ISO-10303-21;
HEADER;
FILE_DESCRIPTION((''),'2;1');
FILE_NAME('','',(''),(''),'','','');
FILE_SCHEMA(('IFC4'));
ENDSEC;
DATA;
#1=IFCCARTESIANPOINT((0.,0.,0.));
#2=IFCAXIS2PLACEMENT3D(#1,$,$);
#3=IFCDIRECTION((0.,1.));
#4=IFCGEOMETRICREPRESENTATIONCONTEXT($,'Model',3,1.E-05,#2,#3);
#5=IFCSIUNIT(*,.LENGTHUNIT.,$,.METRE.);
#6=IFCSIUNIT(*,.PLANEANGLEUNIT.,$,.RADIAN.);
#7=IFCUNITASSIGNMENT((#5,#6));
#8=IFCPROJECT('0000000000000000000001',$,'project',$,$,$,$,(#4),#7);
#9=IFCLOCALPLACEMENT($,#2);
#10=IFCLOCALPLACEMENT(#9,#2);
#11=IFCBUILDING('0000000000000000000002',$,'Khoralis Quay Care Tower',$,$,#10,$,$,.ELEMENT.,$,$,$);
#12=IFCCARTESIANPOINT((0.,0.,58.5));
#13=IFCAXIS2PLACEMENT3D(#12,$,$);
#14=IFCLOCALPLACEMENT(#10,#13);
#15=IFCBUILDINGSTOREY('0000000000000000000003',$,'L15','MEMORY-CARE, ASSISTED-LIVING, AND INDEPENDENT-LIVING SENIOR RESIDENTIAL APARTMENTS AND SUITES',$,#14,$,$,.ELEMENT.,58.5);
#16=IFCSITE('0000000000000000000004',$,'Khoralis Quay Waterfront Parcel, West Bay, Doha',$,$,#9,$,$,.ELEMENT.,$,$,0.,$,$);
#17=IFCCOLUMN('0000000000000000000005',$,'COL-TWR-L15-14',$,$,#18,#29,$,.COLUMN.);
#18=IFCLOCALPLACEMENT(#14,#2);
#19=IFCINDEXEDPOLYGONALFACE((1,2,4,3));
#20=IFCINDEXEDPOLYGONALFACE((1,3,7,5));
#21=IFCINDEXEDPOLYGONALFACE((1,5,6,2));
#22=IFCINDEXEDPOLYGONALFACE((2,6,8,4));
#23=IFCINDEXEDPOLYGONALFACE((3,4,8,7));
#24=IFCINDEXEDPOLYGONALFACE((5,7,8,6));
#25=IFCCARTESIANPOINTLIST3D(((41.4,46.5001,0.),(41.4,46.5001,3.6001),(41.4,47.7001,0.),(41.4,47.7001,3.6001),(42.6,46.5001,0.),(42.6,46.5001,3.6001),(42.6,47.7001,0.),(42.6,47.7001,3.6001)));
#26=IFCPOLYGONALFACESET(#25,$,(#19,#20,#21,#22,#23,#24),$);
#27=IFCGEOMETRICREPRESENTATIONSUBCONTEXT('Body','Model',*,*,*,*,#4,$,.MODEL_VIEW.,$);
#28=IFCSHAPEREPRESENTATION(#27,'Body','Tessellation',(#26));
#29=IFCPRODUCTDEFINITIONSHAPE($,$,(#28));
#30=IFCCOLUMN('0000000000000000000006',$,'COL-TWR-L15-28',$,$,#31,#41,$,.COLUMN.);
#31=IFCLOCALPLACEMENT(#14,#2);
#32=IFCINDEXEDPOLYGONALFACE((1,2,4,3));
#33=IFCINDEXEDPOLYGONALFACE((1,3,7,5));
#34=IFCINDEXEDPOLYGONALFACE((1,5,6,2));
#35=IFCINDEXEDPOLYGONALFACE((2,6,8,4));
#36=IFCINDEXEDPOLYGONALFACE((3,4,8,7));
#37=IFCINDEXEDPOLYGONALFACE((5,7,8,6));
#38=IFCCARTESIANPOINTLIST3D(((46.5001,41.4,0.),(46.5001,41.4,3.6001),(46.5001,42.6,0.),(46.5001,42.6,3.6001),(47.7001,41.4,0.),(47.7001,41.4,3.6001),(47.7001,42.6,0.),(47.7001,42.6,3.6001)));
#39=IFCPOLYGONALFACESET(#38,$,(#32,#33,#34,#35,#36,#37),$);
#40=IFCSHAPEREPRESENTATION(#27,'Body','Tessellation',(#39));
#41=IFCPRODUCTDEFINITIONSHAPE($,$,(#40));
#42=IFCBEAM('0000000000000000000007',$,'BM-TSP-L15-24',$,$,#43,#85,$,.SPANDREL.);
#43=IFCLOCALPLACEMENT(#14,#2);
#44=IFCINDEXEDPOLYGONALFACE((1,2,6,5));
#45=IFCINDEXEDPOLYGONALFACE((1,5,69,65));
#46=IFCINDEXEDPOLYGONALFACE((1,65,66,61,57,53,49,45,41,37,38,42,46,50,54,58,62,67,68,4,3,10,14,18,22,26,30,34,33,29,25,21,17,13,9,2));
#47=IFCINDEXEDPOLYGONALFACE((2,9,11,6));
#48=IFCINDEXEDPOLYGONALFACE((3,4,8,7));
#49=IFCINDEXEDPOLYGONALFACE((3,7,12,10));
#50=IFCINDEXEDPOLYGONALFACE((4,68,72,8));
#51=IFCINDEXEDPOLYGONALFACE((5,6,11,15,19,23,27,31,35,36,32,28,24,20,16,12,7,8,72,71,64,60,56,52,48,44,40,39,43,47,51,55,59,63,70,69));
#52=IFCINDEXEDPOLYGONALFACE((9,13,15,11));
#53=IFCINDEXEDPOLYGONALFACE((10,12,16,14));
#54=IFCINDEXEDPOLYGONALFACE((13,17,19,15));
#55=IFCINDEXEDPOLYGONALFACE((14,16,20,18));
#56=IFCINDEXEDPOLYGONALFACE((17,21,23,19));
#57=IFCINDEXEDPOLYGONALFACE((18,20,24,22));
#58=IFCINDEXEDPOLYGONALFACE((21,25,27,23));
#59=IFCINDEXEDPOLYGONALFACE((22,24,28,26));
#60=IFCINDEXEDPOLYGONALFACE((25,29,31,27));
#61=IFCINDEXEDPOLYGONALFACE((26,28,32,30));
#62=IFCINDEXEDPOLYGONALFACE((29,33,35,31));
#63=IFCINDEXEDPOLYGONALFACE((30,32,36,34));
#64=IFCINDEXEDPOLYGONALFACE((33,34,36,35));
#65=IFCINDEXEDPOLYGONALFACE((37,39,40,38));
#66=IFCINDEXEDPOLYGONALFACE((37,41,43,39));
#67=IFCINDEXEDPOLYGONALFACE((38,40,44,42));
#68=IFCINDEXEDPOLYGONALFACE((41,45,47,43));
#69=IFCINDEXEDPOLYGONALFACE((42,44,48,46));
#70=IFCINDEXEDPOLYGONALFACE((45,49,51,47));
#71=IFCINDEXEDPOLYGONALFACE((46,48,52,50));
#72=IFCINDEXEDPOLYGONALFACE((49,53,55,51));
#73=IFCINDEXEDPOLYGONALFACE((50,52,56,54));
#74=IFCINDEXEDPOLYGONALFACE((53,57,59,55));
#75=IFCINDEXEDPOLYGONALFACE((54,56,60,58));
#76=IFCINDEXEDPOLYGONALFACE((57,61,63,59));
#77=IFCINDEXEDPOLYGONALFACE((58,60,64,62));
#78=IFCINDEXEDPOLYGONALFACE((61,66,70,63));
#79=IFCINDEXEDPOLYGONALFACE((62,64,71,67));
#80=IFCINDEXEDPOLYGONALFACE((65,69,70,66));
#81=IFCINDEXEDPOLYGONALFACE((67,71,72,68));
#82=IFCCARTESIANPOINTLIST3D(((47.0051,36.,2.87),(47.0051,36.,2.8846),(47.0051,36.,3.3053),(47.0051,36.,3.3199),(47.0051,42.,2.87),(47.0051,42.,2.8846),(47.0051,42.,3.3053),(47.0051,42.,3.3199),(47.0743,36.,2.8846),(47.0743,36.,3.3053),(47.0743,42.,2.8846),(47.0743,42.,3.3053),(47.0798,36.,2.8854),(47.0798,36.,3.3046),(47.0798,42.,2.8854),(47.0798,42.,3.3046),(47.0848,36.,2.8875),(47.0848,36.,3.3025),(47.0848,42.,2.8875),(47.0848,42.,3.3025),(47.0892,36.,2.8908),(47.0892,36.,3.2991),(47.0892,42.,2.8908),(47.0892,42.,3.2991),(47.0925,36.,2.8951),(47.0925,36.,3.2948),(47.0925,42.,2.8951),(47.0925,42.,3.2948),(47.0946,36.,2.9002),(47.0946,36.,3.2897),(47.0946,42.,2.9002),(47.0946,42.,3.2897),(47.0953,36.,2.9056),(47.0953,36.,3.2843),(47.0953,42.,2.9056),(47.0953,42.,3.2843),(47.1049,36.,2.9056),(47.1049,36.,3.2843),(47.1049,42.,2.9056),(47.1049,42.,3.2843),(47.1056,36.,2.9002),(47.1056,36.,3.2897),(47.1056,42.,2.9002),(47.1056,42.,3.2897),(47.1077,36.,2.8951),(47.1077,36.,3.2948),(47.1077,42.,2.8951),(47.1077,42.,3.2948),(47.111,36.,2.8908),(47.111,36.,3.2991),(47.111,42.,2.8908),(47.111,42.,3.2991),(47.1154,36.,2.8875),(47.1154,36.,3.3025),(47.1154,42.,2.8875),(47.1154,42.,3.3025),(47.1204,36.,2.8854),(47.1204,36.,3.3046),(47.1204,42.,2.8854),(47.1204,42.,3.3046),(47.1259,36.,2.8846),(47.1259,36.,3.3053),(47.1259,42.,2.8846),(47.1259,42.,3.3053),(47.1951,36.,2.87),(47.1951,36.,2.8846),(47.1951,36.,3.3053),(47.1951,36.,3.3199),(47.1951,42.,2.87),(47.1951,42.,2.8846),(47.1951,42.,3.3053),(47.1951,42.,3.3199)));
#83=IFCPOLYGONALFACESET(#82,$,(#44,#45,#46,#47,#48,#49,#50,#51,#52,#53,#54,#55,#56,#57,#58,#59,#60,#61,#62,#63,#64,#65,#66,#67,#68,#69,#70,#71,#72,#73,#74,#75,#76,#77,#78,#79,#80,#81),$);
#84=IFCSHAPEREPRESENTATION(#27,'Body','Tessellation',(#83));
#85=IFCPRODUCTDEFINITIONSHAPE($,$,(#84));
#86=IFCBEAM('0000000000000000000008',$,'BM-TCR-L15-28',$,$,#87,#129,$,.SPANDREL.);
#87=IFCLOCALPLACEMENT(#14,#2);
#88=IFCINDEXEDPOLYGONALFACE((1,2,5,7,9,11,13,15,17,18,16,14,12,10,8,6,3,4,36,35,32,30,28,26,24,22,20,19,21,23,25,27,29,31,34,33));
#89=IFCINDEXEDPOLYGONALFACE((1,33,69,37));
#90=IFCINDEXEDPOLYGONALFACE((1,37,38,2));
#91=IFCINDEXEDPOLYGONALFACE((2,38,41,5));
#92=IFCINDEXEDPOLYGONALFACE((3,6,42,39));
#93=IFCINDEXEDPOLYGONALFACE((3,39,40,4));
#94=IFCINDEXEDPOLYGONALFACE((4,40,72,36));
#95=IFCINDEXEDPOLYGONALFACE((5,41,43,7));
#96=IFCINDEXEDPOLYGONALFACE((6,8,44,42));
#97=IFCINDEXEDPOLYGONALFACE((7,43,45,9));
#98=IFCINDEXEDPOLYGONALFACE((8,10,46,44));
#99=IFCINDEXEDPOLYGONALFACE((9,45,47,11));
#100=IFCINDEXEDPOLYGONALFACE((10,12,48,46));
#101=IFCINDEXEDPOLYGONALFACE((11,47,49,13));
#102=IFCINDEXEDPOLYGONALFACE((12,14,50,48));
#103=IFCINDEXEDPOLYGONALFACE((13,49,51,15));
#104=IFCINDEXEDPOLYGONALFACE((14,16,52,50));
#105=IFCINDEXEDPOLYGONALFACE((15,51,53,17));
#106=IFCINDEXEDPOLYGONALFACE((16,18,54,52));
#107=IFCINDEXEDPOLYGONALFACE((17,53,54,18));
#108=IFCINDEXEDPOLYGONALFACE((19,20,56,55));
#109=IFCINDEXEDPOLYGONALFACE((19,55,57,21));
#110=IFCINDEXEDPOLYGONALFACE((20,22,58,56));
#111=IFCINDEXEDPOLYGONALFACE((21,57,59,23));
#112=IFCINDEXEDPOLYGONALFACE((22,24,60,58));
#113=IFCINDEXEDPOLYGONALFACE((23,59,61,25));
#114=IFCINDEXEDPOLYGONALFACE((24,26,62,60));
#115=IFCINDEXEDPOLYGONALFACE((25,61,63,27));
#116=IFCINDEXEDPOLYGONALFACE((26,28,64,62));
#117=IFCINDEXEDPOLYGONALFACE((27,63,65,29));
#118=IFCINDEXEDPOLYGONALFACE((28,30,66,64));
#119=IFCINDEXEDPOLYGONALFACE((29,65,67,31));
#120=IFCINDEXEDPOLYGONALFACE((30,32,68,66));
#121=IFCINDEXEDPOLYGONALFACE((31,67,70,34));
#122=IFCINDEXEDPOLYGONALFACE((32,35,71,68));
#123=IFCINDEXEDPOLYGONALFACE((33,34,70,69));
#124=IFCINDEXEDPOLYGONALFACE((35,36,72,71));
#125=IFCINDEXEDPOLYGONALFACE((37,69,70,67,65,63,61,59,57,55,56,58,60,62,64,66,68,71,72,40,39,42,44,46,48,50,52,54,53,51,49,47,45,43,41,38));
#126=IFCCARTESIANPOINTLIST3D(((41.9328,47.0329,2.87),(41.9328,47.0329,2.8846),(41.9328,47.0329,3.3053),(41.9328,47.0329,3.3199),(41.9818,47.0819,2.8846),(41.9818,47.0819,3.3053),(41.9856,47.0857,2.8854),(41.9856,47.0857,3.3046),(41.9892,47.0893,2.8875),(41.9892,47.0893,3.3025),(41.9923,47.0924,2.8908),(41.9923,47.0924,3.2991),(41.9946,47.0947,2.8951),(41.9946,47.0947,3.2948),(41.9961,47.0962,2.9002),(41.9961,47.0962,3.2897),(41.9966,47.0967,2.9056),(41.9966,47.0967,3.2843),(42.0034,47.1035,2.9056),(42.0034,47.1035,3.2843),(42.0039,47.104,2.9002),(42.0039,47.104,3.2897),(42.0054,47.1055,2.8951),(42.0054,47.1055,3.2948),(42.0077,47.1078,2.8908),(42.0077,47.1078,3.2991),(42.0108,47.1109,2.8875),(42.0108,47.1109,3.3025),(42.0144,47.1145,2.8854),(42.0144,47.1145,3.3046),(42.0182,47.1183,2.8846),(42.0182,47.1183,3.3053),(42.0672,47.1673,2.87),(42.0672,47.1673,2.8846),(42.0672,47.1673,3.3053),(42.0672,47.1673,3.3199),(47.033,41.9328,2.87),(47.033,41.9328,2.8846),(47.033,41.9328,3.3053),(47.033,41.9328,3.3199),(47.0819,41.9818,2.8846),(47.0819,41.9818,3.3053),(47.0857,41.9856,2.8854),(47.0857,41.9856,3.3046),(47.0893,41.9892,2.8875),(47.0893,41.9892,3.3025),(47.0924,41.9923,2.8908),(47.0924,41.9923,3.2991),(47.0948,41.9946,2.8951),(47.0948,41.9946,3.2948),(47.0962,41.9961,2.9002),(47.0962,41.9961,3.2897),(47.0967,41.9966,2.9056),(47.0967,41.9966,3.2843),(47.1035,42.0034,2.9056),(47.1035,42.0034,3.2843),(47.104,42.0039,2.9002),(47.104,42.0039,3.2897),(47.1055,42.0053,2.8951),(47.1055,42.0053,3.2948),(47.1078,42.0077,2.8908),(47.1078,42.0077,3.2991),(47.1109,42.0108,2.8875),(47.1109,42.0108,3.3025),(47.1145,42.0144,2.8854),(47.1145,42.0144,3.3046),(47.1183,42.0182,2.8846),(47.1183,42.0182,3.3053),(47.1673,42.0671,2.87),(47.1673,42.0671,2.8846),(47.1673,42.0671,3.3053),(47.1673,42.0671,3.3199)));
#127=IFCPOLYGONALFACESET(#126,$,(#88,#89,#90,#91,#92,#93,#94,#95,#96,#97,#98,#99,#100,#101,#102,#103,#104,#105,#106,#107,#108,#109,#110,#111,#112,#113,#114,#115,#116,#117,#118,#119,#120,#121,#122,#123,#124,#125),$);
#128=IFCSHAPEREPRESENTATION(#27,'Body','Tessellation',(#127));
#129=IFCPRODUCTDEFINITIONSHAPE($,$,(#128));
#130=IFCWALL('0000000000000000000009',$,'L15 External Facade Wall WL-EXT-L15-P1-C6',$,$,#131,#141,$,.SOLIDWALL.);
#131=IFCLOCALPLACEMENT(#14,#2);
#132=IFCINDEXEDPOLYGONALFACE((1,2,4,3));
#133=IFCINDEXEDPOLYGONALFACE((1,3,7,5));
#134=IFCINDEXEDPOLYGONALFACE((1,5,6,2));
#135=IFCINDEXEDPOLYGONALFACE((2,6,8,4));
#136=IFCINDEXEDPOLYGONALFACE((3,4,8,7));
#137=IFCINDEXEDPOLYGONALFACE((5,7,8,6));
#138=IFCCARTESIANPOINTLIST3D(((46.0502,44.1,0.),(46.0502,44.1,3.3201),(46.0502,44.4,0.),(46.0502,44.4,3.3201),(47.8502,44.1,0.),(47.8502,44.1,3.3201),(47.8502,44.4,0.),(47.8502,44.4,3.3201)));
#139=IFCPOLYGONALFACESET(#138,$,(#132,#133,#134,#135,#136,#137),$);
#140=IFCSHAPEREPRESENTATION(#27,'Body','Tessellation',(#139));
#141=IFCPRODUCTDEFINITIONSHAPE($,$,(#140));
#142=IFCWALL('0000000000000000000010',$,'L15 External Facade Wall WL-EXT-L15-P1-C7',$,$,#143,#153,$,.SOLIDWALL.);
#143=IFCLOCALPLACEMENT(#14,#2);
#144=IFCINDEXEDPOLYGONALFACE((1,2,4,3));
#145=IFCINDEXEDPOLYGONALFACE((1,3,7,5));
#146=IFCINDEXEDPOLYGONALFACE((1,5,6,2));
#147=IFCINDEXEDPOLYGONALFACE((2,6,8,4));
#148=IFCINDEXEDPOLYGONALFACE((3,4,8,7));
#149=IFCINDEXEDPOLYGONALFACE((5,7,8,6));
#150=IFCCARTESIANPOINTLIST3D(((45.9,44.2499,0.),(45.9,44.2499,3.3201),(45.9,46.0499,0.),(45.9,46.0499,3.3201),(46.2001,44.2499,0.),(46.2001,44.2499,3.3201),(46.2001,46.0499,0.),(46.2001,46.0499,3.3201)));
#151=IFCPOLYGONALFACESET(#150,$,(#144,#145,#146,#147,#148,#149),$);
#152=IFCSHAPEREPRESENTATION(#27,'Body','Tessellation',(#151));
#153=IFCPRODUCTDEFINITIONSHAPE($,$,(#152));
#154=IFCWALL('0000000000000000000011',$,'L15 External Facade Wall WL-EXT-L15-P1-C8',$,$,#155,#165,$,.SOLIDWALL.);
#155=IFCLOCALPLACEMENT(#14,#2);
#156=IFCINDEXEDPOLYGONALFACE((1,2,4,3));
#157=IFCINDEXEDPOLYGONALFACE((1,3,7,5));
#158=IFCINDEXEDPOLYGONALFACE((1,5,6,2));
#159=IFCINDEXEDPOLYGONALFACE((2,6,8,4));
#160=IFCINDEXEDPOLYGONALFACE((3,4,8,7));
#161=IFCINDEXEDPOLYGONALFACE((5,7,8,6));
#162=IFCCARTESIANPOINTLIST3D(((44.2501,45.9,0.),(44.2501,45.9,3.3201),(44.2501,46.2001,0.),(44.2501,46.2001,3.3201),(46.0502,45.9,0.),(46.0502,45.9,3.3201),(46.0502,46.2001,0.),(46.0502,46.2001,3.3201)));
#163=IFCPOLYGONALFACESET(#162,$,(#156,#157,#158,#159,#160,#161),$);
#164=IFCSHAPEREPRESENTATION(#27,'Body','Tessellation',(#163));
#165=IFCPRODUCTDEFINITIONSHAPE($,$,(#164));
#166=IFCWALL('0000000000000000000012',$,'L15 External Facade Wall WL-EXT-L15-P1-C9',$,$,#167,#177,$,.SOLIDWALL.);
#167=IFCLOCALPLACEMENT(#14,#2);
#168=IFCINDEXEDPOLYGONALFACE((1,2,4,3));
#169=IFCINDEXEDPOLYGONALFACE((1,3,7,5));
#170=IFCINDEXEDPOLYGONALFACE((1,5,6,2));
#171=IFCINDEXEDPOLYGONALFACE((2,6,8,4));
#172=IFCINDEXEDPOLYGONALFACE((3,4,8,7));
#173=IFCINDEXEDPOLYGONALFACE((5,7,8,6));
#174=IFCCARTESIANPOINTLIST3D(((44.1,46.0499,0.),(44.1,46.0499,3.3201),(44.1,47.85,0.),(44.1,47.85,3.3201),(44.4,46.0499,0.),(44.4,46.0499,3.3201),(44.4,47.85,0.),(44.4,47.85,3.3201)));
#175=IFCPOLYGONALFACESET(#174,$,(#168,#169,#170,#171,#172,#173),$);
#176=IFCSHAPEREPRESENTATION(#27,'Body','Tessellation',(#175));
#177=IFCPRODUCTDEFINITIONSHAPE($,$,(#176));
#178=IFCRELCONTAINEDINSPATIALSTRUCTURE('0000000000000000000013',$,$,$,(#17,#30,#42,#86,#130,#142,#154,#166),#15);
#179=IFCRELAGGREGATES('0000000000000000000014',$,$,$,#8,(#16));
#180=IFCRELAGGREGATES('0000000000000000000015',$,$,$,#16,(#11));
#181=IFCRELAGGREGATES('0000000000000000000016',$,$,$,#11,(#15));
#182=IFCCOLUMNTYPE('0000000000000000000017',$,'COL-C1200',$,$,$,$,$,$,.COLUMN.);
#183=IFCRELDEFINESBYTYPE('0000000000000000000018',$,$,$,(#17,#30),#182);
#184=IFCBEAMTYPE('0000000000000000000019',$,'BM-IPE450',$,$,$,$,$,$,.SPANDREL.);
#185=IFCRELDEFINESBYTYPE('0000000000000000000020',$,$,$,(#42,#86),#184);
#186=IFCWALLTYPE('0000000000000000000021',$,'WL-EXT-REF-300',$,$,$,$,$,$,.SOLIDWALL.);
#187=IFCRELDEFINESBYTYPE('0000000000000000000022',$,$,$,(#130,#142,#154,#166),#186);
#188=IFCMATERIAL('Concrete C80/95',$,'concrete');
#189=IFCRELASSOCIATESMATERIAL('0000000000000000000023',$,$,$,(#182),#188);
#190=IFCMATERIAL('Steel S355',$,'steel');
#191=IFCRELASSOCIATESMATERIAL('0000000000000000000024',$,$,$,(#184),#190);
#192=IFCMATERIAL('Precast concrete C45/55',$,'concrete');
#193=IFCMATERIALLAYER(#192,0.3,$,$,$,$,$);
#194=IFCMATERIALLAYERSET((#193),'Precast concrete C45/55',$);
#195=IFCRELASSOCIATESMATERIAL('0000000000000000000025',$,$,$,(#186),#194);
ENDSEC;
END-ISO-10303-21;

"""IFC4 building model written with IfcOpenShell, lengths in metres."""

from ifc_helpers import new_model, si_unit, direction, frame, frame_2d, origin, origin_2d, place, context, subcontext, project, spatial, rectangle, i_section, extrude, source, transform, mapped, material, layer, layer_set, material_profile, profile_set, type_object, element, save


model = new_model("IFC4")

# Units and contexts
model_context = context("Model", 3, precision=1e-05, world=origin(), true_north=direction((0.0, 1.0)))
body_context = subcontext(model_context, "Body", "Model", "MODEL_VIEW")
ifc_project = project(units=[si_unit("LENGTHUNIT", "METRE"), si_unit("PLANEANGLEUNIT", "RADIAN")], contexts=[model_context])

# Site, building, storey
site_placement = place(None, origin())
site = spatial("IfcSite", under=ifc_project, at=site_placement, Name="Khoralis Quay Waterfront Parcel, West Bay, Doha", CompositionType="ELEMENT", RefElevation=0.0)
building_placement = place(site_placement, origin())
building = spatial("IfcBuilding", under=site, at=building_placement, Name="Khoralis Quay Care Tower", CompositionType="ELEMENT")
storey_placement = place(building_placement, frame((0.0, 0.0, 58.5)))
storey = spatial("IfcBuildingStorey", under=building, at=storey_placement, Name="L15", Description="MEMORY-CARE, ASSISTED-LIVING, AND INDEPENDENT-LIVING SENIOR RESIDENTIAL APARTMENTS AND SUITES", CompositionType="ELEMENT", Elevation=58.5)

# Columns
ifc_material_1 = material(Name="Concrete C80/95", Category="concrete")
ifc_material_profile_1 = material_profile(ifc_material_1, rectangle(XDim=1.2, YDim=1.2, at=origin_2d()), Name="Concrete C80/95")
ifc_profile_set_1 = profile_set([ifc_material_profile_1], Name="Concrete C80/95")
column_type = type_object("IfcColumnType", Name="COL-C1200", PredefinedType="COLUMN", material=ifc_profile_set_1)
shared_shape_1 = source(origin(), body_context, "Body", "SweptSolid", [
    extrude(rectangle(XDim=1.2, YDim=1.2, at=origin_2d()), origin(), (0.0, 0.0, 1.0), 3.6001),
])
for number, where, z_axis, x_axis, name in (
    (1, (42.0, 47.1001, 0.0), (0.0, 0.0, 1.0), (1.0, 0.0, 0.0), "COL-TWR-L15-14"),
    (2, (47.1001, 42.0, 0.0), (0.0, 0.0, 1.0), (1.0, 0.0, 0.0), "COL-TWR-L15-28"),
):
    element("IfcColumn", number, at=place(storey_placement, frame(where, z_axis=z_axis, x_axis=x_axis)), inside=storey, type_object=column_type, Name=name, PredefinedType="COLUMN", context=body_context, shape_type="MappedRepresentation", body=[
        mapped(shared_shape_1, transform((0.0, 0.0, 0.0), scale=1.0)),
    ])

# Beams
ifc_material_2 = material(Name="Steel S355", Category="steel")
ifc_material_profile_2 = material_profile(ifc_material_2, i_section(OverallWidth=0.1899, OverallDepth=0.45, WebThickness=0.0095, FlangeThickness=0.0146, FilletRadius=0.021, at=origin_2d()), Name="Steel S355")
ifc_profile_set_2 = profile_set([ifc_material_profile_2], Name="Steel S355")
beam_type = type_object("IfcBeamType", Name="BM-IPE450", PredefinedType="SPANDREL", material=ifc_profile_set_2)
shared_shape_2 = source(origin(), body_context, "Body", "SweptSolid", [
    extrude(i_section(OverallWidth=0.1899, OverallDepth=0.45, WebThickness=0.0095, FlangeThickness=0.0146, FilletRadius=0.021, at=origin_2d()), origin(), (0.0, 0.0, 1.0), 6.0),
])
beam_1_placement = place(storey_placement, frame((47.1001, 36.0, 3.095), z_axis=(0.0, 1.0, 0.0), x_axis=(-1.0, 0.0, 0.0)))
element("IfcBeam", 3, at=beam_1_placement, inside=storey, type_object=beam_type, Name="BM-TSP-L15-24", PredefinedType="SPANDREL", context=body_context, shape_type="MappedRepresentation", body=[
    mapped(shared_shape_2, transform((0.0, 0.0, 0.0), scale=1.0)),
])
shared_shape_3 = source(origin(), body_context, "Body", "SweptSolid", [
    extrude(i_section(OverallWidth=0.1899, OverallDepth=0.45, WebThickness=0.0095, FlangeThickness=0.0146, FilletRadius=0.021, at=origin_2d()), origin(), (0.0, 0.0, 1.0), 7.2126),
])
beam_2_placement = place(storey_placement, frame((42.0, 47.1001, 3.095), z_axis=(0.707107, -0.707107, 0.0), x_axis=(0.707107, 0.707107, 0.0)))
element("IfcBeam", 4, at=beam_2_placement, inside=storey, type_object=beam_type, Name="BM-TCR-L15-28", PredefinedType="SPANDREL", context=body_context, shape_type="MappedRepresentation", body=[
    mapped(shared_shape_3, transform((0.0, 0.0, 0.0), scale=1.0)),
])

# Walls
ifc_material_3 = material(Name="Precast concrete C45/55", Category="concrete")
ifc_layer_1 = layer(ifc_material_3, 0.3)
ifc_layer_set_1 = layer_set([ifc_layer_1], Name="Precast concrete C45/55")
wall_type = type_object("IfcWallType", Name="WL-EXT-REF-300", PredefinedType="SOLIDWALL", material=ifc_layer_set_1)
for number, where, z_axis, x_axis, name in (
    (5, (47.8501, 44.25, 0.0), (0.0, 0.0, 1.0), (-1.0, 0.0, 0.0), "L15 External Facade Wall WL-EXT-L15-P1-C6"),
    (6, (46.05, 44.25, 0.0), (0.0, 0.0, 1.0), (0.0, 1.0, 0.0), "L15 External Facade Wall WL-EXT-L15-P1-C7"),
    (7, (46.05, 46.05, 0.0), (0.0, 0.0, 1.0), (-1.0, 0.0, 0.0), "L15 External Facade Wall WL-EXT-L15-P1-C8"),
    (8, (44.25, 46.05, 0.0), (0.0, 0.0, 1.0), (0.0, 1.0, 0.0), "L15 External Facade Wall WL-EXT-L15-P1-C9"),
):
    element("IfcWall", number, at=place(storey_placement, frame(where, z_axis=z_axis, x_axis=x_axis)), inside=storey, type_object=wall_type, Name=name, PredefinedType="SOLIDWALL", context=body_context, shape_type="SweptSolid", body=[
        extrude(rectangle(XDim=1.8, YDim=0.3, at=frame_2d((0.8999, 0.0))), origin(), (0.0, 0.0, 1.0), 3.3201),
    ])

save(model, "model.ifc")
